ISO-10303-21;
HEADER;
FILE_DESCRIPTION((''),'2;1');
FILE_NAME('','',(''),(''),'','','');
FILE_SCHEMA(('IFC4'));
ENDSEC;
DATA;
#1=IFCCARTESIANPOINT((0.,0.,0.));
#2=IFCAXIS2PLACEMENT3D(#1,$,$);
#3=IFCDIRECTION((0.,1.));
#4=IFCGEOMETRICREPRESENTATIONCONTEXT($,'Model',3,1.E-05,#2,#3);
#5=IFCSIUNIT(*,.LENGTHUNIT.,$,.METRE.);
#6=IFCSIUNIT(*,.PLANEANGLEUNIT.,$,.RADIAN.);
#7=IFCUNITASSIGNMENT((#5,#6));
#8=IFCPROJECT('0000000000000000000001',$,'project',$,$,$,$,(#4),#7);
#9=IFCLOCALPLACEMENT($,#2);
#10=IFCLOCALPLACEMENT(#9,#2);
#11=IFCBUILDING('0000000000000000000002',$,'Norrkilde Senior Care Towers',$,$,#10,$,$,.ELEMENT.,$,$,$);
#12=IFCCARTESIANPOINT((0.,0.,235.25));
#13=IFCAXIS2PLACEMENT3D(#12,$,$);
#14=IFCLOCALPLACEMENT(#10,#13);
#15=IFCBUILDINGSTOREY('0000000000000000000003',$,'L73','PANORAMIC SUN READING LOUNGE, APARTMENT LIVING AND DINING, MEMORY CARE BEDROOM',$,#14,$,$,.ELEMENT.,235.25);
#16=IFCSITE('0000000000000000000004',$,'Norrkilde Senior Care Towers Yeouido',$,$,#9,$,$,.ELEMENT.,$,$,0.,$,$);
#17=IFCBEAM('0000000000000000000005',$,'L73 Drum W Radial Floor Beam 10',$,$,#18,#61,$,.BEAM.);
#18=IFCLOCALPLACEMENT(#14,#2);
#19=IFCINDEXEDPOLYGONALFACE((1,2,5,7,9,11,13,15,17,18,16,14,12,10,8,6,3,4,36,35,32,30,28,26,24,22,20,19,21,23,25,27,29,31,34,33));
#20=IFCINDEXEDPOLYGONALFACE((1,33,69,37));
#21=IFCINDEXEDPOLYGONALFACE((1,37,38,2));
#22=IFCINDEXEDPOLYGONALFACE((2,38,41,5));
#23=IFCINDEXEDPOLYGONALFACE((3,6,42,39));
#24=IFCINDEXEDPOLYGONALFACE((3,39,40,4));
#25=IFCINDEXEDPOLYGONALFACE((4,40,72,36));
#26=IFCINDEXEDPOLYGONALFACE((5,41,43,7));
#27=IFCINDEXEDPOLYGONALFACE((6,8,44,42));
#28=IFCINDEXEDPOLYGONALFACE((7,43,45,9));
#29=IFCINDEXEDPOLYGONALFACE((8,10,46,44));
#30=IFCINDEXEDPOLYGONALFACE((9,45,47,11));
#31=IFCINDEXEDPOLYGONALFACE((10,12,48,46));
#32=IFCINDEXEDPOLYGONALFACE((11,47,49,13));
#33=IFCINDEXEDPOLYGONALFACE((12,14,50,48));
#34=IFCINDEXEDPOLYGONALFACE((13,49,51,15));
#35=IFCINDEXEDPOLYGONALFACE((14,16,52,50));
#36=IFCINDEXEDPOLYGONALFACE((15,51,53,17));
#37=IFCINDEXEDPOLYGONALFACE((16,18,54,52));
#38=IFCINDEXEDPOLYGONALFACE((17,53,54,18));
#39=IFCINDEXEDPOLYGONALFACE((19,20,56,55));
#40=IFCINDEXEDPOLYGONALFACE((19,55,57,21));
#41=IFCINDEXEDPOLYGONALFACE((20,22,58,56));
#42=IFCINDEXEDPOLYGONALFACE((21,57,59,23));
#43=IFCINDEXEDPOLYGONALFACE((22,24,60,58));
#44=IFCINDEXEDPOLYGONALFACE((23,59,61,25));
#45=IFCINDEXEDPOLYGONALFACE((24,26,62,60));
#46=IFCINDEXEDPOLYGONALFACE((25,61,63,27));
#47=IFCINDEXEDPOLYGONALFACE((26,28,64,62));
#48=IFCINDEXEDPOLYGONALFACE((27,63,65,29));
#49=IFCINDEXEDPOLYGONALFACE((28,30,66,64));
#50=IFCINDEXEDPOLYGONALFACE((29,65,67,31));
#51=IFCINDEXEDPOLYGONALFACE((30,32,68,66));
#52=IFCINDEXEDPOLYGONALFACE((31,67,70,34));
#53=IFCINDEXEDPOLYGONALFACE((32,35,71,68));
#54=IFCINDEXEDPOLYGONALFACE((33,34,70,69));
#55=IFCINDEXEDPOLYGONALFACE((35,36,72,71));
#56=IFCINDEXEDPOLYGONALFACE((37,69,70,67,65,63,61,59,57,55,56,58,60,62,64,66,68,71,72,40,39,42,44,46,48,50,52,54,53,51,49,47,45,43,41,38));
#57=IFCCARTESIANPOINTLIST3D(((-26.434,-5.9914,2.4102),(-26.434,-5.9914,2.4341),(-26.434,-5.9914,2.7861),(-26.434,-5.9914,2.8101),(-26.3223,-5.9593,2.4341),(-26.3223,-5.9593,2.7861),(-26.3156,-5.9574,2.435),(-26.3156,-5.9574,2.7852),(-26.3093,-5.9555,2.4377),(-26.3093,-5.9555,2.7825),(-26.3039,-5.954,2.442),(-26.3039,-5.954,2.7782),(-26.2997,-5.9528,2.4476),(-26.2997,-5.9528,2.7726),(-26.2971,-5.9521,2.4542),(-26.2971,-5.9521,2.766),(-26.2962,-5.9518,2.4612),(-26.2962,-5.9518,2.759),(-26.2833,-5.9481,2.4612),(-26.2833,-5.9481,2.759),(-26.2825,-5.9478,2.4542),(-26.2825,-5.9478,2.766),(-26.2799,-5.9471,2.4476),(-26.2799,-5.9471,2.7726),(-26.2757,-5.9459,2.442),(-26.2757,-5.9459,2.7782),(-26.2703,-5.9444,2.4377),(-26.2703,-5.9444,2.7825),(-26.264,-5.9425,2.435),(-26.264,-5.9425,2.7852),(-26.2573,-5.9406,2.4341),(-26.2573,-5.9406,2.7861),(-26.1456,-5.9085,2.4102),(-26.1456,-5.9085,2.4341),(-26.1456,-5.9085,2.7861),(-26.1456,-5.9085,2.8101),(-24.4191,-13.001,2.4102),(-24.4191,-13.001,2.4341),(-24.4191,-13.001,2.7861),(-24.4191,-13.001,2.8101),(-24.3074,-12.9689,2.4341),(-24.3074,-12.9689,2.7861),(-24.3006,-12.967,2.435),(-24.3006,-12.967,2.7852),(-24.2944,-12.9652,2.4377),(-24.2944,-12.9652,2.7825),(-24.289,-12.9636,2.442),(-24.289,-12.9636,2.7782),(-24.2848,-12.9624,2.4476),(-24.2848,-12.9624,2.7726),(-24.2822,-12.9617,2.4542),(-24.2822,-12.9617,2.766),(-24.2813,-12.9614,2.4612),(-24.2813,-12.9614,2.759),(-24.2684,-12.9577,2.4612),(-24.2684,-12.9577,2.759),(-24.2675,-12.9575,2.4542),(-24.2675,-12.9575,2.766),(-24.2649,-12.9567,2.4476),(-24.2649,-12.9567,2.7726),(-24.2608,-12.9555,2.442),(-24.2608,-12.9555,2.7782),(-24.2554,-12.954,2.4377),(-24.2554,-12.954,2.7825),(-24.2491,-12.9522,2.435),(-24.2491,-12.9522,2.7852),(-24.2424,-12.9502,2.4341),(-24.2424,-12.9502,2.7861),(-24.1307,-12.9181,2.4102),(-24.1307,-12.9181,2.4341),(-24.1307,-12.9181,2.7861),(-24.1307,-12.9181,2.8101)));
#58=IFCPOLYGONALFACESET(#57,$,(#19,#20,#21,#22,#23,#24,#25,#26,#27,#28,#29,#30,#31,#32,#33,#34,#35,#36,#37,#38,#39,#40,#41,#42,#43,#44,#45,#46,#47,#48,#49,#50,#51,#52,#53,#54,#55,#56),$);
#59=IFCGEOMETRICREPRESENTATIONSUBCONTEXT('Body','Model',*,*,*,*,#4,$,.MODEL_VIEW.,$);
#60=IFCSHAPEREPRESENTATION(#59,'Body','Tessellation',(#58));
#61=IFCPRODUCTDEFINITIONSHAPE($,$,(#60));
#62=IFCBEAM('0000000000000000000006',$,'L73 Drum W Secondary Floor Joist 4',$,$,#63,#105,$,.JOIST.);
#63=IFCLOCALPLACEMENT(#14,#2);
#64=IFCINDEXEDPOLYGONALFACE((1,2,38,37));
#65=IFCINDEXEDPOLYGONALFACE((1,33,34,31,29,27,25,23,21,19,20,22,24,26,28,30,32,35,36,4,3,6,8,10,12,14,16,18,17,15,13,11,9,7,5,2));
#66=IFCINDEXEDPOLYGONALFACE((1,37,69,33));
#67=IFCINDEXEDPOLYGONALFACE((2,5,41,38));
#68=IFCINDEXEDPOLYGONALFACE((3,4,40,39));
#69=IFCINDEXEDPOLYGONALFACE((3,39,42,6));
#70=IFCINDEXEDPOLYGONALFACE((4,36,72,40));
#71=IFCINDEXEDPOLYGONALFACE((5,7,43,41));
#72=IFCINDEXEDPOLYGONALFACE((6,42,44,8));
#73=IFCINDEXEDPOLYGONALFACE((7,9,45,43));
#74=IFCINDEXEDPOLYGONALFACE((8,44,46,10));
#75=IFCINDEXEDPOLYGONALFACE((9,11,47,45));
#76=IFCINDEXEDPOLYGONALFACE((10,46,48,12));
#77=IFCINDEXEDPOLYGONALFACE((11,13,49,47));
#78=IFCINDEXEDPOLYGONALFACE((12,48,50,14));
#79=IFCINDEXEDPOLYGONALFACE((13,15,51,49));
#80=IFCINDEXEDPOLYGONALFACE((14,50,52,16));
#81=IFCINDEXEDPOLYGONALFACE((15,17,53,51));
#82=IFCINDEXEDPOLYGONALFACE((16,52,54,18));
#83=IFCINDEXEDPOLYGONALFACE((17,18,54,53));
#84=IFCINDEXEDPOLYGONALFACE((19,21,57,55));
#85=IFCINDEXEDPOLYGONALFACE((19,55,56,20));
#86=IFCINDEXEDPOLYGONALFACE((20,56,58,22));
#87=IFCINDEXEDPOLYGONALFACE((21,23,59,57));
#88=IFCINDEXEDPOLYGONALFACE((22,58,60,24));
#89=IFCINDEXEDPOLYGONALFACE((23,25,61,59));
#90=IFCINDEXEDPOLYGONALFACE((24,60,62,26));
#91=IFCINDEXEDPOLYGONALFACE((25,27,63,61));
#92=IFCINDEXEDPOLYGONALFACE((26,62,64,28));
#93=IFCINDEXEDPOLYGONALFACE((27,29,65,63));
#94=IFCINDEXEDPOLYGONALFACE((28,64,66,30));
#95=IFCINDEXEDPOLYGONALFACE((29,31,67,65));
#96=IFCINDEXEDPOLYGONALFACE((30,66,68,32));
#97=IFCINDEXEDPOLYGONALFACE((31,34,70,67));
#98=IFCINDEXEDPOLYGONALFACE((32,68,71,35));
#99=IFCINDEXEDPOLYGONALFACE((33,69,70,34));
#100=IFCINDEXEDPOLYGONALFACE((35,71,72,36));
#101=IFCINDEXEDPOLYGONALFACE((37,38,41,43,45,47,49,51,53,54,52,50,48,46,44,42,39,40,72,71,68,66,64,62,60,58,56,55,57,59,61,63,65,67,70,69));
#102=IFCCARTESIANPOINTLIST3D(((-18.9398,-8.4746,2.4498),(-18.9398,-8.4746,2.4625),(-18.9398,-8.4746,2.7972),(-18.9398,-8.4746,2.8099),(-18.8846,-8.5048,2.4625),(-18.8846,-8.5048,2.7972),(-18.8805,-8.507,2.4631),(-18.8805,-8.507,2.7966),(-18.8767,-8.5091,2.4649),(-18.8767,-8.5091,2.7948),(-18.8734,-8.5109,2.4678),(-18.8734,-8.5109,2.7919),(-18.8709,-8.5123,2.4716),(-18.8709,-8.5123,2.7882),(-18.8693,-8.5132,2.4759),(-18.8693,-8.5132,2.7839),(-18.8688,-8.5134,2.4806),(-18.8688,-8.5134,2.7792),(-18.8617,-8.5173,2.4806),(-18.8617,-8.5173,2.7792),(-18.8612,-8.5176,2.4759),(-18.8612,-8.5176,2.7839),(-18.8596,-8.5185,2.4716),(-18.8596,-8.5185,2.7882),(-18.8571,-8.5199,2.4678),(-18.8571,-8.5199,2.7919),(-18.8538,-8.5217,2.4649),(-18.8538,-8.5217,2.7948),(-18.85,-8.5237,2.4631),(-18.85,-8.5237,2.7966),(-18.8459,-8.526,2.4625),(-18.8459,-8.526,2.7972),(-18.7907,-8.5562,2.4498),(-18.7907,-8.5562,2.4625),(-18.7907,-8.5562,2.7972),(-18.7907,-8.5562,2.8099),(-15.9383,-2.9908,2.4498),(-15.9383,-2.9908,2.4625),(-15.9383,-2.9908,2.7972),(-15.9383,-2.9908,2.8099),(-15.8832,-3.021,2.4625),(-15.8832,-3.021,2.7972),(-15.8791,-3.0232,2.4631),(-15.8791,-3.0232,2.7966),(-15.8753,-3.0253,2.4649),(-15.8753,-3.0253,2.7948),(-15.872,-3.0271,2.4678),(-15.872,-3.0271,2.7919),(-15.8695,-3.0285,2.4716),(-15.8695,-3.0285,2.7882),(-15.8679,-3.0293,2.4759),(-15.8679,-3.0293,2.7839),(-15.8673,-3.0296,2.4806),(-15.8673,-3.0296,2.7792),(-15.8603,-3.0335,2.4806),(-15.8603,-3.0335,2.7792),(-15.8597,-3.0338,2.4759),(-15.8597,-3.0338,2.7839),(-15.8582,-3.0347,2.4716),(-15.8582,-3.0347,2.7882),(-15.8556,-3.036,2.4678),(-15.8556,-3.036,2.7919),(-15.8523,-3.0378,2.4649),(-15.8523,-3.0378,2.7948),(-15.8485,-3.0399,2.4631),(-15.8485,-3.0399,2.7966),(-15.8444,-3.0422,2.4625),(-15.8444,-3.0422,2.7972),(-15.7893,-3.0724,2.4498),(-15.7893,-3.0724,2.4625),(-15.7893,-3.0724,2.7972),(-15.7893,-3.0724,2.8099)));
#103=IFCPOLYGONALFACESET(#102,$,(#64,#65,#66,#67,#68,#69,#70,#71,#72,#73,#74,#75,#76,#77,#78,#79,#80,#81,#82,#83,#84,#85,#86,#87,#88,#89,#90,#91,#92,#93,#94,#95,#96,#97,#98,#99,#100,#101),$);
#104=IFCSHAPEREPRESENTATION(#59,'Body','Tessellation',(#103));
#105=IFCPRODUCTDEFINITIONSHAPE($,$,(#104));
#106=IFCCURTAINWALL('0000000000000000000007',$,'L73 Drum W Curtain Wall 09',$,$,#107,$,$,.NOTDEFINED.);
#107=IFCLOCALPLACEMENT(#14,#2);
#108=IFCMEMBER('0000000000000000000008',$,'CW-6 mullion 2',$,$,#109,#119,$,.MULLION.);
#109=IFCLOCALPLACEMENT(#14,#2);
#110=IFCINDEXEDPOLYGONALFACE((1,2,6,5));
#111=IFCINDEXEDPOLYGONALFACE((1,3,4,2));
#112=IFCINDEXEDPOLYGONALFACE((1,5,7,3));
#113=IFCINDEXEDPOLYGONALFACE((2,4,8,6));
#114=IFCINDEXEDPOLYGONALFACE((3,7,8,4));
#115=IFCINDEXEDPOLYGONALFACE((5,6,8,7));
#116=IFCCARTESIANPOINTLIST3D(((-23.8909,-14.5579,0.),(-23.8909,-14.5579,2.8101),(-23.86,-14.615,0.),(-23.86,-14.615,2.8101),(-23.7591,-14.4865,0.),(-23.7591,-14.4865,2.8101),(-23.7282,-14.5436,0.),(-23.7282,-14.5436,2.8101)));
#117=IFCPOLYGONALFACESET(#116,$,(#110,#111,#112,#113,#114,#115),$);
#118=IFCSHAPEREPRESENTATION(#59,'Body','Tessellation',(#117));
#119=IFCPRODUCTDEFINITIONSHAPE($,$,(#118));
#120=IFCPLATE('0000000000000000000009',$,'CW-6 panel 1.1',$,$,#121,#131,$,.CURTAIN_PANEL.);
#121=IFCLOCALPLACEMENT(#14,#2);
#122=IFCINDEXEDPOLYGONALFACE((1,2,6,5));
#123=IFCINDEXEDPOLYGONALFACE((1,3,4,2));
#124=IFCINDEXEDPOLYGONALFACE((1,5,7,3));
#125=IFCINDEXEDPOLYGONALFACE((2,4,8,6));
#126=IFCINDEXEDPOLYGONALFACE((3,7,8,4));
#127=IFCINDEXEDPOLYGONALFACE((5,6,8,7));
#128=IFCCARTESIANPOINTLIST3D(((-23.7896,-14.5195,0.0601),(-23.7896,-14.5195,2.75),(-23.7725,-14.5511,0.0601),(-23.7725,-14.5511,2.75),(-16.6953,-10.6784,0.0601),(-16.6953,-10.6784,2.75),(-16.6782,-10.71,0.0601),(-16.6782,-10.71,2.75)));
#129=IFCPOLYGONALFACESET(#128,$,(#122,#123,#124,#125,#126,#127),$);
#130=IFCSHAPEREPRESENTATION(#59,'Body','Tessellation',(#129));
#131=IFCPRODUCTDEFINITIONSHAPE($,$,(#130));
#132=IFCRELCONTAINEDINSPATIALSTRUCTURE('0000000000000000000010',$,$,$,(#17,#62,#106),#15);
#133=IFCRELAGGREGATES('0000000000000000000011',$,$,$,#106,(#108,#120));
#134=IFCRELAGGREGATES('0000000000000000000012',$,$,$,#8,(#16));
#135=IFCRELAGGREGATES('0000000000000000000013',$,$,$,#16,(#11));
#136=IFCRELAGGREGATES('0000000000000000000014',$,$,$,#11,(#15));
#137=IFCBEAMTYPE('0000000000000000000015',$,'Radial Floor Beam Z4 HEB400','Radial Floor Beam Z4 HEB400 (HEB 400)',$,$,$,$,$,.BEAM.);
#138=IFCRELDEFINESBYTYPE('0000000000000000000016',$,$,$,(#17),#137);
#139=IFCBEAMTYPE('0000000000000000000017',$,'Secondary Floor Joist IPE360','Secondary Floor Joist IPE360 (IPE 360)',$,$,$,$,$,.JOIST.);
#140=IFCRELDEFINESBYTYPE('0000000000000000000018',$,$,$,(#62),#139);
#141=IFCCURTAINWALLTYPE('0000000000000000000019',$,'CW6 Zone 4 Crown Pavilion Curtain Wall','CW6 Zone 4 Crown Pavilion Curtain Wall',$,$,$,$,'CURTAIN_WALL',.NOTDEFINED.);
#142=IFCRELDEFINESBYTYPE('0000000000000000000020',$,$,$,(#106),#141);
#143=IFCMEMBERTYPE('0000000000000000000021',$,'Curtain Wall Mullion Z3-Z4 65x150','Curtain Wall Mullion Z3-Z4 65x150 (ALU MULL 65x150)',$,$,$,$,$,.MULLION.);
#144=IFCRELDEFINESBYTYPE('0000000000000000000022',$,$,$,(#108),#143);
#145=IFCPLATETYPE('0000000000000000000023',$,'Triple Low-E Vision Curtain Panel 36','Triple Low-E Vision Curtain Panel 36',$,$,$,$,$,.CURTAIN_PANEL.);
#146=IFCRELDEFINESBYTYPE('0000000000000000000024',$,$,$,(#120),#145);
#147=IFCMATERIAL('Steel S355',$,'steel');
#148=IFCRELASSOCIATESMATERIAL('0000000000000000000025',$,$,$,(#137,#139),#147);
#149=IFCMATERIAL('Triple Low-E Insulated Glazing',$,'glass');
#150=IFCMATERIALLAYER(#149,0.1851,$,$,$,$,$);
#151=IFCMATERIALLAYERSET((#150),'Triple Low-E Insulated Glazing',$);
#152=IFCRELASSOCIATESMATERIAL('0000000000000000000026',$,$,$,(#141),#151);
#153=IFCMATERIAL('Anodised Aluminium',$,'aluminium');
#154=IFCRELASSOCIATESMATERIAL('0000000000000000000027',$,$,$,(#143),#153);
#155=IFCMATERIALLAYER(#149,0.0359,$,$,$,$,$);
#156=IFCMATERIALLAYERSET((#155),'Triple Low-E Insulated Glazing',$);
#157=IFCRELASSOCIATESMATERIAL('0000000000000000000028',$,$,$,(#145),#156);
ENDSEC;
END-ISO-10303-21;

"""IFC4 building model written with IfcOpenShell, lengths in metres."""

from ifc_helpers import new_model, si_unit, direction, frame, origin, origin_2d, place, context, subcontext, project, spatial, rectangle, i_section, extrude, source, transform, mapped, material, layer, layer_set, material_profile, profile_set, type_object, type_shapes, element, aggregate, save


model = new_model("IFC4")

# Units and contexts
model_context = context("Model", 3, precision=1e-05, world=origin(), true_north=direction((0.0, 1.0)))
body_context = subcontext(model_context, "Body", "Model", "MODEL_VIEW")
ifc_project = project(units=[si_unit("LENGTHUNIT", "METRE"), si_unit("PLANEANGLEUNIT", "RADIAN")], contexts=[model_context])

# Site, building, storey
site_placement = place(None, origin())
site = spatial("IfcSite", under=ifc_project, at=site_placement, Name="Norrkilde Senior Care Towers Yeouido", CompositionType="ELEMENT", RefElevation=0.0)
building_placement = place(site_placement, origin())
building = spatial("IfcBuilding", under=site, at=building_placement, Name="Norrkilde Senior Care Towers", CompositionType="ELEMENT")
storey_placement = place(building_placement, frame((0.0, 0.0, 235.25)))
storey = spatial("IfcBuildingStorey", under=building, at=storey_placement, Name="L73", Description="PANORAMIC SUN READING LOUNGE, APARTMENT LIVING AND DINING, MEMORY CARE BEDROOM", CompositionType="ELEMENT", Elevation=235.25)

# Beams
ifc_material_1 = material(Name="Steel S355", Category="steel")
ifc_material_profile_1 = material_profile(ifc_material_1, i_section(OverallWidth=0.3, OverallDepth=0.3999, WebThickness=0.0134, FlangeThickness=0.0239, FilletRadius=0.0271, at=origin_2d()), Name="HEB 400")
ifc_profile_set_1 = profile_set([ifc_material_profile_1], Name="Steel S355")
beam_type_1 = type_object("IfcBeamType", Name="Radial Floor Beam Z4 HEB400", Description="Radial Floor Beam Z4 HEB400 (HEB 400)", PredefinedType="BEAM", material=ifc_profile_set_1)
shared_shape_1 = source(origin(), body_context, "Body", "SweptSolid", [
    extrude(i_section(OverallWidth=0.3, OverallDepth=0.3999, WebThickness=0.0134, FlangeThickness=0.0239, FilletRadius=0.0271, at=origin_2d()), origin(), (0.0, 0.0, 1.0), 7.2935),
])
beam_1_placement = place(storey_placement, frame((-26.2898, -5.95, 2.6101), z_axis=(0.276264, -0.961082, 0.0), x_axis=(0.961082, 0.276264, 0.0)))
element("IfcBeam", 1, at=beam_1_placement, inside=storey, type_object=beam_type_1, Name="L73 Drum W Radial Floor Beam 10", PredefinedType="BEAM", context=body_context, shape_type="MappedRepresentation", body=[
    mapped(shared_shape_1, transform((0.0, 0.0, 0.0), x_axis=(1.0, 0.0, 0.0), y_axis=(0.0, 1.0, 0.0), z_axis=(0.0, 0.0, 1.0), scale=1.0)),
])
ifc_material_profile_2 = material_profile(ifc_material_1, i_section(OverallWidth=0.1699, OverallDepth=0.3601, WebThickness=0.0081, FlangeThickness=0.0127, FilletRadius=0.0181, at=origin_2d()), Name="IPE 360")
ifc_profile_set_2 = profile_set([ifc_material_profile_2], Name="Steel S355")
beam_type_2 = type_object("IfcBeamType", Name="Secondary Floor Joist IPE360", Description="Secondary Floor Joist IPE360 (IPE 360)", PredefinedType="JOIST", material=ifc_profile_set_2)
shared_shape_2 = source(origin(), body_context, "Body", "SweptSolid", [
    extrude(i_section(OverallWidth=0.1699, OverallDepth=0.3601, WebThickness=0.0081, FlangeThickness=0.0127, FilletRadius=0.0181, at=origin_2d()), origin(), (0.0, 0.0, 1.0), 6.2515),
])
type_shapes(beam_type_2, [shared_shape_2])
beam_2_placement = place(storey_placement, frame((-18.8652, -8.5154, 2.6299), z_axis=(0.480116, 0.877205, 0.0), x_axis=(-0.877205, 0.480116, 0.0)))
element("IfcBeam", 2, at=beam_2_placement, inside=storey, type_object=beam_type_2, Name="L73 Drum W Secondary Floor Joist 4", PredefinedType="JOIST", context=body_context, shape_type="MappedRepresentation", body=[
    mapped(shared_shape_2, transform((0.0, 0.0, 0.0), x_axis=(1.0, 0.0, 0.0), y_axis=(0.0, 1.0, 0.0), z_axis=(0.0, 0.0, 1.0), scale=1.0)),
])

# Curtain wall, member, plate
ifc_material_2 = material(Name="Triple Low-E Insulated Glazing", Category="glass")
ifc_layer_1 = layer(ifc_material_2, 0.1851)
ifc_layer_set_1 = layer_set([ifc_layer_1], Name="Triple Low-E Insulated Glazing")
curtain_wall_type = type_object("IfcCurtainWallType", Name="CW6 Zone 4 Crown Pavilion Curtain Wall", Description="CW6 Zone 4 Crown Pavilion Curtain Wall", ElementType="CURTAIN_WALL", PredefinedType="NOTDEFINED", material=ifc_layer_set_1)
curtain_wall_placement = place(storey_placement, origin())
curtain_wall = element("IfcCurtainWall", 3, at=curtain_wall_placement, inside=storey, type_object=curtain_wall_type, Name="L73 Drum W Curtain Wall 09", PredefinedType="NOTDEFINED")
ifc_material_3 = material(Name="Anodised Aluminium", Category="aluminium")
ifc_material_profile_3 = material_profile(ifc_material_3, rectangle(XDim=0.0649, YDim=0.1499, at=origin_2d()), Name="ALU MULL 65x150")
ifc_profile_set_3 = profile_set([ifc_material_profile_3], Name="Anodised Aluminium")
member_type = type_object("IfcMemberType", Name="Curtain Wall Mullion Z3-Z4 65x150", Description="Curtain Wall Mullion Z3-Z4 65x150 (ALU MULL 65x150)", PredefinedType="MULLION", material=ifc_profile_set_3)
shared_shape_3 = source(origin(), body_context, "Body", "SweptSolid", [
    extrude(rectangle(XDim=0.0649, YDim=0.1499, at=origin_2d()), origin(), (0.0, 0.0, 1.0), 2.8101),
])
type_shapes(member_type, [shared_shape_3])
member_placement = place(storey_placement, frame((-23.8096, -14.5508, 0.0), z_axis=(0.0, 0.0, 1.0), x_axis=(0.476133, -0.879373, 0.0)))
member = element("IfcMember", 4, at=member_placement, type_object=member_type, Name="CW-6 mullion 2", PredefinedType="MULLION", context=body_context, shape_type="MappedRepresentation", body=[
    mapped(shared_shape_3, transform((0.0, 0.0, 0.0), x_axis=(1.0, 0.0, 0.0), y_axis=(0.0, 1.0, 0.0), z_axis=(0.0, 0.0, 1.0), scale=1.0)),
])
ifc_layer_2 = layer(ifc_material_2, 0.0359)
ifc_layer_set_2 = layer_set([ifc_layer_2], Name="Triple Low-E Insulated Glazing")
plate_type = type_object("IfcPlateType", Name="Triple Low-E Vision Curtain Panel 36", Description="Triple Low-E Vision Curtain Panel 36", PredefinedType="CURTAIN_PANEL", material=ifc_layer_set_2)
shared_shape_4 = source(origin(), body_context, "Body", "SweptSolid", [
    extrude(rectangle(XDim=8.0674, YDim=0.0359, at=origin_2d()), origin(), (0.0, 0.0, 1.0), 2.6899),
])
type_shapes(plate_type, [shared_shape_4])
plate_placement = place(storey_placement, frame((-20.2339, -12.6147, 0.0601), z_axis=(0.0, 0.0, 1.0), x_axis=(-0.879373, -0.476133, 0.0)))
plate = element("IfcPlate", 5, at=plate_placement, type_object=plate_type, Name="CW-6 panel 1.1", PredefinedType="CURTAIN_PANEL", context=body_context, shape_type="MappedRepresentation", body=[
    mapped(shared_shape_4, transform((0.0, 0.0, 0.0), x_axis=(1.0, 0.0, 0.0), y_axis=(0.0, 1.0, 0.0), z_axis=(0.0, 0.0, 1.0), scale=1.0)),
])
aggregate(curtain_wall, [member, plate])

save(model, "model.ifc")
